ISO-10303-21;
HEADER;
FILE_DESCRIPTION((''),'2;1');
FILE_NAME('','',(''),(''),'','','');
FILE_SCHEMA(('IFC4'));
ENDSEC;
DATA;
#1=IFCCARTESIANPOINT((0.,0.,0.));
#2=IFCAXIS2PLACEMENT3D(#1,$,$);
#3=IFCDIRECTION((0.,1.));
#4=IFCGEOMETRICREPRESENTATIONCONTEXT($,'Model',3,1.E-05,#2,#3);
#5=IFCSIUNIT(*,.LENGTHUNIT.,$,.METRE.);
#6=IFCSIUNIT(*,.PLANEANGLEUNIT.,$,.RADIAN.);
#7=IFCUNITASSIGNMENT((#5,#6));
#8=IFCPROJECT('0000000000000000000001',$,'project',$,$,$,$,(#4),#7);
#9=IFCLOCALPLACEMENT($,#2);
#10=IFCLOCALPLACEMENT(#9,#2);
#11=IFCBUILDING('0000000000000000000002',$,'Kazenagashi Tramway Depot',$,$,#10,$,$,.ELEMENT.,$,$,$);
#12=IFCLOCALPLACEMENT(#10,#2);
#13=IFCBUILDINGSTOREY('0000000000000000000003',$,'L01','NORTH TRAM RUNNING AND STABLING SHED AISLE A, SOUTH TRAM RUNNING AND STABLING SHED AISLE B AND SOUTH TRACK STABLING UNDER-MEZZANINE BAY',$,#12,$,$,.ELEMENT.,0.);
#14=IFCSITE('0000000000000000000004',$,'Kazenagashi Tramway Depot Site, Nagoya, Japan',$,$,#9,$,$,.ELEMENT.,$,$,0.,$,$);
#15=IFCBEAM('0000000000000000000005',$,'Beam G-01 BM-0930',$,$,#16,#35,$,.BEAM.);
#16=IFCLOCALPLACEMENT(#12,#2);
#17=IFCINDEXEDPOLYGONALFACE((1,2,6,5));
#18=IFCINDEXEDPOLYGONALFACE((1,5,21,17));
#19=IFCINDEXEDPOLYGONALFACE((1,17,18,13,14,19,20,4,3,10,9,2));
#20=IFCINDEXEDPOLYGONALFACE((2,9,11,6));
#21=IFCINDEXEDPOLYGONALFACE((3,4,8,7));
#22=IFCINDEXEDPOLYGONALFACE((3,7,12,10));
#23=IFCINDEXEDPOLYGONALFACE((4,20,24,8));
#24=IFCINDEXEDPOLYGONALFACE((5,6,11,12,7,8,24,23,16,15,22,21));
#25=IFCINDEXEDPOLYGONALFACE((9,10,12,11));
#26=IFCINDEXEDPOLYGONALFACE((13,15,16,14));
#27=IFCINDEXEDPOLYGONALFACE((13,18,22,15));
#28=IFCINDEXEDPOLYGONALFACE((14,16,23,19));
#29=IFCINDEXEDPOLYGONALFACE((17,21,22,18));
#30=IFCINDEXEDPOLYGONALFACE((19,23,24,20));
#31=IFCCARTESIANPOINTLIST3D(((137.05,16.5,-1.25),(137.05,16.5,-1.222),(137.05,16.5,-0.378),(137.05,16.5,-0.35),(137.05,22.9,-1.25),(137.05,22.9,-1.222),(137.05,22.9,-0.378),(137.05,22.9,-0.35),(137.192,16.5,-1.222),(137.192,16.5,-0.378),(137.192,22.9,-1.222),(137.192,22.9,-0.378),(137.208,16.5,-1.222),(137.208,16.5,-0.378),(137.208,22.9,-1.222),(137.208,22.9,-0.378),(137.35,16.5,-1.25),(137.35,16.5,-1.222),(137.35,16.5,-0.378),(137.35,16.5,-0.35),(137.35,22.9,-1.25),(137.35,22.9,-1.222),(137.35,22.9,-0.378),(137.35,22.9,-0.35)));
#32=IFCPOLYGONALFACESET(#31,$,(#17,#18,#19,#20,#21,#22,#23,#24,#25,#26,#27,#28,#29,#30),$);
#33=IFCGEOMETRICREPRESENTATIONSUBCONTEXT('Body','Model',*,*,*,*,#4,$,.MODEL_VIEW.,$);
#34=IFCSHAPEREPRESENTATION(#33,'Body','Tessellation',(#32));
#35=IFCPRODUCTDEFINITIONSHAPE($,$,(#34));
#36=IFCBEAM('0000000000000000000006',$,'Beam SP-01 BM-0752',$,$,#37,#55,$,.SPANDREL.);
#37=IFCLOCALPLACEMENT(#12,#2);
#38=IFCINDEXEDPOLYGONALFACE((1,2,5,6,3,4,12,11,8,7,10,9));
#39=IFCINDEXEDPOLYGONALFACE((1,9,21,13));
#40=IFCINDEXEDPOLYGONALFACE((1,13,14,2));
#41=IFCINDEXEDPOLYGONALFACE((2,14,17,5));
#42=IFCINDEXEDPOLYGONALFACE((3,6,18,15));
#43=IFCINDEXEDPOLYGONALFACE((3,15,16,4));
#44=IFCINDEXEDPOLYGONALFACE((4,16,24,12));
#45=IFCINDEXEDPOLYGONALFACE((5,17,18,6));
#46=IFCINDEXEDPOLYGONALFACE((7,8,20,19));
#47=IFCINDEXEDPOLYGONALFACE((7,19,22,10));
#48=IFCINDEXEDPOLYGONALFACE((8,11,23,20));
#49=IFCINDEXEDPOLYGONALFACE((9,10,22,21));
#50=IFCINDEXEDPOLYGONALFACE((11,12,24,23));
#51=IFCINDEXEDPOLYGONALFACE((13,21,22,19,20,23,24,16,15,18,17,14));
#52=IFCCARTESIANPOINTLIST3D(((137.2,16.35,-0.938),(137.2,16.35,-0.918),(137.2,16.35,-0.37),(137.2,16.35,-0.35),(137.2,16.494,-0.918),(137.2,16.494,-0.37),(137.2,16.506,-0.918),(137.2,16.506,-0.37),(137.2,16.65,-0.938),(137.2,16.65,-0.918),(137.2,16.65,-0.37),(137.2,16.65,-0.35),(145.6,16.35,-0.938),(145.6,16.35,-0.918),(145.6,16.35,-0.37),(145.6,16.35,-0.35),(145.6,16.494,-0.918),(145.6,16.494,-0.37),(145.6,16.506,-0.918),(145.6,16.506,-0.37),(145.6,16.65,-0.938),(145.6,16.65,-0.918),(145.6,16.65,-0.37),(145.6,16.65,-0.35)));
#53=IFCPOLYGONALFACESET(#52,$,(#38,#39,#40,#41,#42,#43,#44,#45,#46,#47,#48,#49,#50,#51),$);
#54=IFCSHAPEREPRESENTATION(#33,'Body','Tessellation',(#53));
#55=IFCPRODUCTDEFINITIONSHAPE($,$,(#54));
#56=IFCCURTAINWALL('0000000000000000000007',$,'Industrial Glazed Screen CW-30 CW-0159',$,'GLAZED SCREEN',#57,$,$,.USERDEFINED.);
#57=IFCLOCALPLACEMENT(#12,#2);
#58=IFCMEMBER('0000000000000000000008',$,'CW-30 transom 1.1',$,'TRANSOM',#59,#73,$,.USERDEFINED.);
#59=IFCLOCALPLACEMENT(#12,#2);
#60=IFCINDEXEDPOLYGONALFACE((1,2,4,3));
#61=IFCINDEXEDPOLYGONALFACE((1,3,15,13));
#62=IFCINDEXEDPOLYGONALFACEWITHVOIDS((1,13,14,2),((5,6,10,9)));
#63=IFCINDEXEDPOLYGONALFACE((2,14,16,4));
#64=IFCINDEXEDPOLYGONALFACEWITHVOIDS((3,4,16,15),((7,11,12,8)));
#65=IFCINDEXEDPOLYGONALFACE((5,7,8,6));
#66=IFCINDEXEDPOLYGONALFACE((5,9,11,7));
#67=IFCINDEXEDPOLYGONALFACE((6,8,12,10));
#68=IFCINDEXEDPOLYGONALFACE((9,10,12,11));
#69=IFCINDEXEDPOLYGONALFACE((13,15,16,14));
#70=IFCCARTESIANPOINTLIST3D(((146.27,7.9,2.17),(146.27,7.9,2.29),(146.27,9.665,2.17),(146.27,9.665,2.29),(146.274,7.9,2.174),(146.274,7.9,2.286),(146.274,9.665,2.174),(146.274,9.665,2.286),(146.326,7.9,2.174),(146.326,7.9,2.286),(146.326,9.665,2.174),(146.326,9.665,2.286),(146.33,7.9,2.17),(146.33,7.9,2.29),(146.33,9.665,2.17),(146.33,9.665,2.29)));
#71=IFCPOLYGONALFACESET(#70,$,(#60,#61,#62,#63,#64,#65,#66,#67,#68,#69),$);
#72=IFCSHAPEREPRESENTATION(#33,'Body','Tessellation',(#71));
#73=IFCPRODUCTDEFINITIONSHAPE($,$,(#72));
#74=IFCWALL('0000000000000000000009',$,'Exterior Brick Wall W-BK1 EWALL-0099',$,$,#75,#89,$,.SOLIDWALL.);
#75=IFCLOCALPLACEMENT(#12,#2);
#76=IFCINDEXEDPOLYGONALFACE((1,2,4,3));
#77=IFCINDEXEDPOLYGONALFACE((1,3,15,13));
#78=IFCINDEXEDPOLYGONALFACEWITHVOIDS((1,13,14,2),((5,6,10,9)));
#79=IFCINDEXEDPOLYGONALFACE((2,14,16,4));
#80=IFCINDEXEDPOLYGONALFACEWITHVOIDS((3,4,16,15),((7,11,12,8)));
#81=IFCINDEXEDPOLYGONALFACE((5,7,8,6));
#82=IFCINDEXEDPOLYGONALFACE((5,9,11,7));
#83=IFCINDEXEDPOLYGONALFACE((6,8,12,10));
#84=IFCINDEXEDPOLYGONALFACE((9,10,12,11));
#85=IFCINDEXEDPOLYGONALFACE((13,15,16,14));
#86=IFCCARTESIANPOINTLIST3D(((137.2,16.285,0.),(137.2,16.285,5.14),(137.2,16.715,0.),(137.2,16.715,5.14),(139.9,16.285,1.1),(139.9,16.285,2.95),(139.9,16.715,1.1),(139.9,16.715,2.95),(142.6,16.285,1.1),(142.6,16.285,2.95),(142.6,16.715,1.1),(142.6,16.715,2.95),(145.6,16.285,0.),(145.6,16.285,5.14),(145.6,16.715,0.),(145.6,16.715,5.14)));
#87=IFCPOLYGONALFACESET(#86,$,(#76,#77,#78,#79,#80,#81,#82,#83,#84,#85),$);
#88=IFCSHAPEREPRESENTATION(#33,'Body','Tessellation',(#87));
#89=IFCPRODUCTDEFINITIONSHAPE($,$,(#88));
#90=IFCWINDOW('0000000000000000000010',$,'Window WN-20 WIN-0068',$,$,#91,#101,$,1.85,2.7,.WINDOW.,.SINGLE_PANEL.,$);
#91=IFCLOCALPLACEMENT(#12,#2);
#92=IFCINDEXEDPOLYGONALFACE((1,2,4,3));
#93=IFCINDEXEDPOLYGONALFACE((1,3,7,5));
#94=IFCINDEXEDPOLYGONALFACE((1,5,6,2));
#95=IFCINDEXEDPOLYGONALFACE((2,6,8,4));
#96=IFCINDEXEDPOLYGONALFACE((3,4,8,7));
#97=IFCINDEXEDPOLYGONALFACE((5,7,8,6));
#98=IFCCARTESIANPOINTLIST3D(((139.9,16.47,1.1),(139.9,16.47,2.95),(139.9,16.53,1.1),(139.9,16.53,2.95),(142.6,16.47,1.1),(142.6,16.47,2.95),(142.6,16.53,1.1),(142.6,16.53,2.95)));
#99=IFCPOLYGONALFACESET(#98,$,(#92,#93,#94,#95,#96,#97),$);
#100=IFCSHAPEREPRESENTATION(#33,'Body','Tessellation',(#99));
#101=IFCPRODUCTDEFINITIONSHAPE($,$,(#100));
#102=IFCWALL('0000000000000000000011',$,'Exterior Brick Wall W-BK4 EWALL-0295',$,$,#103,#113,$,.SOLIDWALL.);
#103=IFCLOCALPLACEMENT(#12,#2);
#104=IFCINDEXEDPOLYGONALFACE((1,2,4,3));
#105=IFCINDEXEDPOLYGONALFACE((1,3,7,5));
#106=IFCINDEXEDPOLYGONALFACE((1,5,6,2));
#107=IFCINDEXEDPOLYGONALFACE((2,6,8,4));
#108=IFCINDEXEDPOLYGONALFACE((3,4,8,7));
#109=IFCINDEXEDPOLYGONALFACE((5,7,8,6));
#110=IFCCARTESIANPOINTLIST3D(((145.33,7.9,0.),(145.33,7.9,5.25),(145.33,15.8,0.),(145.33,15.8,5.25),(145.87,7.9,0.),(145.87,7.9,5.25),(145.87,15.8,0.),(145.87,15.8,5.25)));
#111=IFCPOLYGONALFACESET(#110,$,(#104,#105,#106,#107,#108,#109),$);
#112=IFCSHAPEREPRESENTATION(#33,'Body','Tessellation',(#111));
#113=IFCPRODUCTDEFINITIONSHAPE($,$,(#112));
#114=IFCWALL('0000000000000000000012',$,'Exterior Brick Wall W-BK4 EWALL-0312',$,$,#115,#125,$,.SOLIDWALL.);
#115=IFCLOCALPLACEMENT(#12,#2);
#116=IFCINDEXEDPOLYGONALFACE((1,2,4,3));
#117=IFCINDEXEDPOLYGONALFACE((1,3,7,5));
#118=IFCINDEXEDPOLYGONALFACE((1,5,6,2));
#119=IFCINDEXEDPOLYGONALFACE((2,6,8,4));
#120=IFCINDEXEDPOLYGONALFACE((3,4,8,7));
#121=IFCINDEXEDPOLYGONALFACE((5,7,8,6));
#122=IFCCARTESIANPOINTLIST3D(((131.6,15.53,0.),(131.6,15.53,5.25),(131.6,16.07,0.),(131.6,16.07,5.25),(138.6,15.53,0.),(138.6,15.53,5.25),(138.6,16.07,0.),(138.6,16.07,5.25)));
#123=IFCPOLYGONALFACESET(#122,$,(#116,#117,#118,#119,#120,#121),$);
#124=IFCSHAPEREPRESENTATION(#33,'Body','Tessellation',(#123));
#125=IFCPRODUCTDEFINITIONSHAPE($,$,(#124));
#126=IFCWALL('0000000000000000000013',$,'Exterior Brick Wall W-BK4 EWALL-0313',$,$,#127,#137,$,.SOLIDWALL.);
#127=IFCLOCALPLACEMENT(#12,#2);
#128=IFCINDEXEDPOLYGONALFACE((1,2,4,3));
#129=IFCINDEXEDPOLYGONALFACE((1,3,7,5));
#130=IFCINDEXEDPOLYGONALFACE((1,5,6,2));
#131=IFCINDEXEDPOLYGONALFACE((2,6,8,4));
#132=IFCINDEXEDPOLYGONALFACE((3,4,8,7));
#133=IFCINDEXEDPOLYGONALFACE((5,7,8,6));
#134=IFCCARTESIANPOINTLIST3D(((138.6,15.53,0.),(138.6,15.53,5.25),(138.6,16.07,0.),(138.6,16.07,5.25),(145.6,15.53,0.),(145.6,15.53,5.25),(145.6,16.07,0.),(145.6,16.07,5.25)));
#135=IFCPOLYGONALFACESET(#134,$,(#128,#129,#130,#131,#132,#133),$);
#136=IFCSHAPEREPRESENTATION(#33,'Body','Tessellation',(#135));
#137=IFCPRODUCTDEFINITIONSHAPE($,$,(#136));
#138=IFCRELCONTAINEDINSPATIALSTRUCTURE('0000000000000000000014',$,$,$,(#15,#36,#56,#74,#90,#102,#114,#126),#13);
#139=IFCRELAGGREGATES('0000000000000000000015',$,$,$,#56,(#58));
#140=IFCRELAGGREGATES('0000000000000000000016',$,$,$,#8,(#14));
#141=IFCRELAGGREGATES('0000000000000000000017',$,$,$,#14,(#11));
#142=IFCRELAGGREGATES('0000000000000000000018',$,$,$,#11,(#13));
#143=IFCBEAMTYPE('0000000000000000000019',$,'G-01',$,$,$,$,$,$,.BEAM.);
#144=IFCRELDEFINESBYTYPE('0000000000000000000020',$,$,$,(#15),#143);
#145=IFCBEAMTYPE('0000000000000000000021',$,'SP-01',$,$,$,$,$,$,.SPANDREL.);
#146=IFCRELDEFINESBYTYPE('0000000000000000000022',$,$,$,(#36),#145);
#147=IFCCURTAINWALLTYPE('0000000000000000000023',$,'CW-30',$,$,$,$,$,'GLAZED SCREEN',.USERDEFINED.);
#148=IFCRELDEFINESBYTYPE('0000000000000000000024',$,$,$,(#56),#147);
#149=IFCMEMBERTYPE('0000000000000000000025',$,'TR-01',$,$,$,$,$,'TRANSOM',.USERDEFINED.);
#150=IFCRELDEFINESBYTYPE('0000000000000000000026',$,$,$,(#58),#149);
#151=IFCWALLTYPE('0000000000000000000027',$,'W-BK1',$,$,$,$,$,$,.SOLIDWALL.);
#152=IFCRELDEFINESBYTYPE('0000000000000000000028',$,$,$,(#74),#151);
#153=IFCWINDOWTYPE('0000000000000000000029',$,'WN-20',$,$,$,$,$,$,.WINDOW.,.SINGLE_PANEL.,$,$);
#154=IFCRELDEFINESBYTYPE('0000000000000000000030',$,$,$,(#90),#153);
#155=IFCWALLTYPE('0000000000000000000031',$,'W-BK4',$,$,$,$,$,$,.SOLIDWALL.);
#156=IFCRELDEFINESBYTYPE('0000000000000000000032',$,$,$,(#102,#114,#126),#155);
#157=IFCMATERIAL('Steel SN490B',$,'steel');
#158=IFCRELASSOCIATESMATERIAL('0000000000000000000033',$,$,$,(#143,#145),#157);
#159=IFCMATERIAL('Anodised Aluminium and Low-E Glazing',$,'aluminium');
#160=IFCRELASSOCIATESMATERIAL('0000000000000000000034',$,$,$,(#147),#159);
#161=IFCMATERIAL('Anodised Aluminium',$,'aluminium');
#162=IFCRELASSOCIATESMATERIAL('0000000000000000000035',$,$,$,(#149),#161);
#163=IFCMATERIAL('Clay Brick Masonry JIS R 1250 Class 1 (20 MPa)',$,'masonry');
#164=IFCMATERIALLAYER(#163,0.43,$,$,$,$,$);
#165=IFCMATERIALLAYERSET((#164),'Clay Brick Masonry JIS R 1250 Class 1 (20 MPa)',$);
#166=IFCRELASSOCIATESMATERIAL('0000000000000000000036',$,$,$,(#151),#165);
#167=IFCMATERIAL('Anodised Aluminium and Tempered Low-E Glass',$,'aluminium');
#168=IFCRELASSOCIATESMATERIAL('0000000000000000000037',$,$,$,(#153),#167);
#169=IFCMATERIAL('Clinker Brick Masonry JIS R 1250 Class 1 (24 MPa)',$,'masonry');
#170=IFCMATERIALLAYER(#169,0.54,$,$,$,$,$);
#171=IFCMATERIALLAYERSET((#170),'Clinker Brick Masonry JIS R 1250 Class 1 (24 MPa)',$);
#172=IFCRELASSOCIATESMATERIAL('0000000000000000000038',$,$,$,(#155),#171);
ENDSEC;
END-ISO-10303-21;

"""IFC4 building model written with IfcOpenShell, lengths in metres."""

from ifc_helpers import new_model, si_unit, direction, frame, frame_2d, origin, origin_2d, place, context, subcontext, project, spatial, rectangle, hollow_rectangle, i_section, extrude, material, layer, layer_set, material_profile, profile_set, type_object, element, fill, aggregate, save


model = new_model("IFC4")

# Units and contexts
model_context = context("Model", 3, precision=1e-05, world=origin(), true_north=direction((0.0, 1.0)))
body_context = subcontext(model_context, "Body", "Model", "MODEL_VIEW")
ifc_project = project(units=[si_unit("LENGTHUNIT", "METRE"), si_unit("PLANEANGLEUNIT", "RADIAN")], contexts=[model_context])

# Site, building, storey
site_placement = place(None, origin())
site = spatial("IfcSite", under=ifc_project, at=site_placement, Name="Kazenagashi Tramway Depot Site, Nagoya, Japan", CompositionType="ELEMENT", RefElevation=0.0)
building_placement = place(site_placement, origin())
building = spatial("IfcBuilding", under=site, at=building_placement, Name="Kazenagashi Tramway Depot", CompositionType="ELEMENT")
storey_placement = place(building_placement, origin())
storey = spatial("IfcBuildingStorey", under=building, at=storey_placement, Name="L01", Description="NORTH TRAM RUNNING AND STABLING SHED AISLE A, SOUTH TRAM RUNNING AND STABLING SHED AISLE B AND SOUTH TRACK STABLING UNDER-MEZZANINE BAY", CompositionType="ELEMENT", Elevation=0.0)

# Shared definitions
ifc_material_1 = material(Name="Steel SN490B", Category="steel")

# Beams
ifc_material_profile_1 = material_profile(ifc_material_1, i_section(OverallWidth=0.3, OverallDepth=0.9, WebThickness=0.016, FlangeThickness=0.028, at=origin_2d()), Name="H-900x300x16x28")
ifc_profile_set_1 = profile_set([ifc_material_profile_1], Name="Steel SN490B")
beam_type_1 = type_object("IfcBeamType", Name="G-01", PredefinedType="BEAM", material=ifc_profile_set_1)
beam_1_placement = place(storey_placement, frame((137.2, 16.5, -0.8), z_axis=(0.0, 1.0, 0.0), x_axis=(-1.0, 0.0, 0.0)))
element("IfcBeam", 1, at=beam_1_placement, inside=storey, type_object=beam_type_1, Name="Beam G-01 BM-0930", PredefinedType="BEAM", context=body_context, shape_type="SweptSolid", body=[
    extrude(i_section(OverallWidth=0.3, OverallDepth=0.9, WebThickness=0.016, FlangeThickness=0.028, at=origin_2d()), origin(), (0.0, 0.0, 1.0), 6.4),
])
ifc_material_profile_2 = material_profile(ifc_material_1, i_section(OverallWidth=0.3, OverallDepth=0.588, WebThickness=0.012, FlangeThickness=0.02, at=origin_2d()), Name="H-588x300x12x20")
ifc_profile_set_2 = profile_set([ifc_material_profile_2], Name="Steel SN490B")
beam_type_2 = type_object("IfcBeamType", Name="SP-01", PredefinedType="SPANDREL", material=ifc_profile_set_2)
beam_2_placement = place(storey_placement, frame((137.2, 16.5, -0.644), z_axis=(1.0, 0.0, 0.0), x_axis=(0.0, 1.0, 0.0)))
element("IfcBeam", 2, at=beam_2_placement, inside=storey, type_object=beam_type_2, Name="Beam SP-01 BM-0752", PredefinedType="SPANDREL", context=body_context, shape_type="SweptSolid", body=[
    extrude(i_section(OverallWidth=0.3, OverallDepth=0.588, WebThickness=0.012, FlangeThickness=0.02, at=origin_2d()), origin(), (0.0, 0.0, 1.0), 8.4),
])

# Curtain wall, member
ifc_material_2 = material(Name="Anodised Aluminium and Low-E Glazing", Category="aluminium")
curtain_wall_type = type_object("IfcCurtainWallType", Name="CW-30", ElementType="GLAZED SCREEN", PredefinedType="USERDEFINED", material=ifc_material_2)
curtain_wall_placement = place(storey_placement, origin())
curtain_wall = element("IfcCurtainWall", 3, at=curtain_wall_placement, inside=storey, type_object=curtain_wall_type, Name="Industrial Glazed Screen CW-30 CW-0159", ObjectType="GLAZED SCREEN", PredefinedType="USERDEFINED")
ifc_material_3 = material(Name="Anodised Aluminium", Category="aluminium")
ifc_material_profile_3 = material_profile(ifc_material_3, hollow_rectangle(XDim=0.06, YDim=0.12, WallThickness=0.004, at=origin_2d()), Name="RHS-120x60x4")
ifc_profile_set_3 = profile_set([ifc_material_profile_3], Name="Anodised Aluminium")
member_type = type_object("IfcMemberType", Name="TR-01", ElementType="TRANSOM", PredefinedType="USERDEFINED", material=ifc_profile_set_3)
member_placement = place(storey_placement, frame((146.3, 7.9, 2.23), z_axis=(0.0, 1.0, 0.0), x_axis=(-1.0, 0.0, 0.0)))
member = element("IfcMember", 4, at=member_placement, type_object=member_type, Name="CW-30 transom 1.1", ObjectType="TRANSOM", PredefinedType="USERDEFINED", context=body_context, shape_type="SweptSolid", body=[
    extrude(hollow_rectangle(XDim=0.06, YDim=0.12, WallThickness=0.004, at=origin_2d()), origin(), (0.0, 0.0, 1.0), 1.765),
])
aggregate(curtain_wall, [member])

# Wall, opening, window
ifc_material_4 = material(Name="Clay Brick Masonry JIS R 1250 Class 1 (20 MPa)", Category="masonry")
ifc_layer_1 = layer(ifc_material_4, 0.43)
ifc_layer_set_1 = layer_set([ifc_layer_1], Name="Clay Brick Masonry JIS R 1250 Class 1 (20 MPa)")
wall_type_1 = type_object("IfcWallType", Name="W-BK1", PredefinedType="SOLIDWALL", material=ifc_layer_set_1)
wall_1_placement = place(storey_placement, frame((137.2, 16.5, 0.0), z_axis=(0.0, 0.0, 1.0), x_axis=(1.0, 0.0, 0.0)))
wall_1 = element("IfcWall", 5, at=wall_1_placement, inside=storey, type_object=wall_type_1, Name="Exterior Brick Wall W-BK1 EWALL-0099", PredefinedType="SOLIDWALL", context=body_context, shape_type="SweptSolid", body=[
    extrude(rectangle(XDim=8.4, YDim=0.43, at=frame_2d((4.2, 0.0))), origin(), (0.0, 0.0, 1.0), 5.14),
])
opening_placement = place(wall_1_placement, frame((2.7, 0.0, 1.1)))
opening = element("IfcOpeningElement", 6, at=opening_placement, cuts=wall_1, PredefinedType="OPENING", context=body_context, shape_type="SweptSolid", body=[
    extrude(rectangle(XDim=2.7, YDim=1.85, at=frame_2d((1.35, 0.925))), frame((0.0, 0.225, 0.0), z_axis=(0.0, -1.0, 0.0), x_axis=(1.0, 0.0, 0.0)), (0.0, 0.0, 1.0), 0.45),
])
ifc_material_5 = material(Name="Anodised Aluminium and Tempered Low-E Glass", Category="aluminium")
window_type = type_object("IfcWindowType", Name="WN-20", PartitioningType="SINGLE_PANEL", PredefinedType="WINDOW", material=ifc_material_5)
window_placement = place(opening_placement, origin())
window = element("IfcWindow", 7, at=window_placement, inside=storey, type_object=window_type, Name="Window WN-20 WIN-0068", OverallHeight=1.85, OverallWidth=2.7, PartitioningType="SINGLE_PANEL", PredefinedType="WINDOW", context=body_context, shape_type="SweptSolid", body=[
    extrude(rectangle(XDim=2.7, YDim=1.85, at=frame_2d((1.35, 0.925))), frame((0.0, 0.03, 0.0), z_axis=(0.0, -1.0, 0.0), x_axis=(1.0, 0.0, 0.0)), (0.0, 0.0, 1.0), 0.06),
])
fill(opening, window)

# Walls
ifc_material_6 = material(Name="Clinker Brick Masonry JIS R 1250 Class 1 (24 MPa)", Category="masonry")
ifc_layer_2 = layer(ifc_material_6, 0.54)
ifc_layer_set_2 = layer_set([ifc_layer_2], Name="Clinker Brick Masonry JIS R 1250 Class 1 (24 MPa)")
wall_type_2 = type_object("IfcWallType", Name="W-BK4", PredefinedType="SOLIDWALL", material=ifc_layer_set_2)
wall_2_placement = place(storey_placement, frame((145.6, 7.9, 0.0), z_axis=(0.0, 0.0, 1.0), x_axis=(0.0, 1.0, 0.0)))
element("IfcWall", 8, at=wall_2_placement, inside=storey, type_object=wall_type_2, Name="Exterior Brick Wall W-BK4 EWALL-0295", PredefinedType="SOLIDWALL", context=body_context, shape_type="SweptSolid", body=[
    extrude(rectangle(XDim=7.9, YDim=0.54, at=frame_2d((3.95, 0.0))), origin(), (0.0, 0.0, 1.0), 5.25),
])
for number, where, z_axis, x_axis, name in (
    (9, (131.6, 15.8, 0.0), (0.0, 0.0, 1.0), (1.0, 0.0, 0.0), "Exterior Brick Wall W-BK4 EWALL-0312"),
    (10, (138.6, 15.8, 0.0), (0.0, 0.0, 1.0), (1.0, 0.0, 0.0), "Exterior Brick Wall W-BK4 EWALL-0313"),
):
    element("IfcWall", number, at=place(storey_placement, frame(where, z_axis=z_axis, x_axis=x_axis)), inside=storey, type_object=wall_type_2, Name=name, PredefinedType="SOLIDWALL", context=body_context, shape_type="SweptSolid", body=[
        extrude(rectangle(XDim=7.0, YDim=0.54, at=frame_2d((3.5, 0.0))), origin(), (0.0, 0.0, 1.0), 5.25),
    ])

save(model, "model.ifc")
